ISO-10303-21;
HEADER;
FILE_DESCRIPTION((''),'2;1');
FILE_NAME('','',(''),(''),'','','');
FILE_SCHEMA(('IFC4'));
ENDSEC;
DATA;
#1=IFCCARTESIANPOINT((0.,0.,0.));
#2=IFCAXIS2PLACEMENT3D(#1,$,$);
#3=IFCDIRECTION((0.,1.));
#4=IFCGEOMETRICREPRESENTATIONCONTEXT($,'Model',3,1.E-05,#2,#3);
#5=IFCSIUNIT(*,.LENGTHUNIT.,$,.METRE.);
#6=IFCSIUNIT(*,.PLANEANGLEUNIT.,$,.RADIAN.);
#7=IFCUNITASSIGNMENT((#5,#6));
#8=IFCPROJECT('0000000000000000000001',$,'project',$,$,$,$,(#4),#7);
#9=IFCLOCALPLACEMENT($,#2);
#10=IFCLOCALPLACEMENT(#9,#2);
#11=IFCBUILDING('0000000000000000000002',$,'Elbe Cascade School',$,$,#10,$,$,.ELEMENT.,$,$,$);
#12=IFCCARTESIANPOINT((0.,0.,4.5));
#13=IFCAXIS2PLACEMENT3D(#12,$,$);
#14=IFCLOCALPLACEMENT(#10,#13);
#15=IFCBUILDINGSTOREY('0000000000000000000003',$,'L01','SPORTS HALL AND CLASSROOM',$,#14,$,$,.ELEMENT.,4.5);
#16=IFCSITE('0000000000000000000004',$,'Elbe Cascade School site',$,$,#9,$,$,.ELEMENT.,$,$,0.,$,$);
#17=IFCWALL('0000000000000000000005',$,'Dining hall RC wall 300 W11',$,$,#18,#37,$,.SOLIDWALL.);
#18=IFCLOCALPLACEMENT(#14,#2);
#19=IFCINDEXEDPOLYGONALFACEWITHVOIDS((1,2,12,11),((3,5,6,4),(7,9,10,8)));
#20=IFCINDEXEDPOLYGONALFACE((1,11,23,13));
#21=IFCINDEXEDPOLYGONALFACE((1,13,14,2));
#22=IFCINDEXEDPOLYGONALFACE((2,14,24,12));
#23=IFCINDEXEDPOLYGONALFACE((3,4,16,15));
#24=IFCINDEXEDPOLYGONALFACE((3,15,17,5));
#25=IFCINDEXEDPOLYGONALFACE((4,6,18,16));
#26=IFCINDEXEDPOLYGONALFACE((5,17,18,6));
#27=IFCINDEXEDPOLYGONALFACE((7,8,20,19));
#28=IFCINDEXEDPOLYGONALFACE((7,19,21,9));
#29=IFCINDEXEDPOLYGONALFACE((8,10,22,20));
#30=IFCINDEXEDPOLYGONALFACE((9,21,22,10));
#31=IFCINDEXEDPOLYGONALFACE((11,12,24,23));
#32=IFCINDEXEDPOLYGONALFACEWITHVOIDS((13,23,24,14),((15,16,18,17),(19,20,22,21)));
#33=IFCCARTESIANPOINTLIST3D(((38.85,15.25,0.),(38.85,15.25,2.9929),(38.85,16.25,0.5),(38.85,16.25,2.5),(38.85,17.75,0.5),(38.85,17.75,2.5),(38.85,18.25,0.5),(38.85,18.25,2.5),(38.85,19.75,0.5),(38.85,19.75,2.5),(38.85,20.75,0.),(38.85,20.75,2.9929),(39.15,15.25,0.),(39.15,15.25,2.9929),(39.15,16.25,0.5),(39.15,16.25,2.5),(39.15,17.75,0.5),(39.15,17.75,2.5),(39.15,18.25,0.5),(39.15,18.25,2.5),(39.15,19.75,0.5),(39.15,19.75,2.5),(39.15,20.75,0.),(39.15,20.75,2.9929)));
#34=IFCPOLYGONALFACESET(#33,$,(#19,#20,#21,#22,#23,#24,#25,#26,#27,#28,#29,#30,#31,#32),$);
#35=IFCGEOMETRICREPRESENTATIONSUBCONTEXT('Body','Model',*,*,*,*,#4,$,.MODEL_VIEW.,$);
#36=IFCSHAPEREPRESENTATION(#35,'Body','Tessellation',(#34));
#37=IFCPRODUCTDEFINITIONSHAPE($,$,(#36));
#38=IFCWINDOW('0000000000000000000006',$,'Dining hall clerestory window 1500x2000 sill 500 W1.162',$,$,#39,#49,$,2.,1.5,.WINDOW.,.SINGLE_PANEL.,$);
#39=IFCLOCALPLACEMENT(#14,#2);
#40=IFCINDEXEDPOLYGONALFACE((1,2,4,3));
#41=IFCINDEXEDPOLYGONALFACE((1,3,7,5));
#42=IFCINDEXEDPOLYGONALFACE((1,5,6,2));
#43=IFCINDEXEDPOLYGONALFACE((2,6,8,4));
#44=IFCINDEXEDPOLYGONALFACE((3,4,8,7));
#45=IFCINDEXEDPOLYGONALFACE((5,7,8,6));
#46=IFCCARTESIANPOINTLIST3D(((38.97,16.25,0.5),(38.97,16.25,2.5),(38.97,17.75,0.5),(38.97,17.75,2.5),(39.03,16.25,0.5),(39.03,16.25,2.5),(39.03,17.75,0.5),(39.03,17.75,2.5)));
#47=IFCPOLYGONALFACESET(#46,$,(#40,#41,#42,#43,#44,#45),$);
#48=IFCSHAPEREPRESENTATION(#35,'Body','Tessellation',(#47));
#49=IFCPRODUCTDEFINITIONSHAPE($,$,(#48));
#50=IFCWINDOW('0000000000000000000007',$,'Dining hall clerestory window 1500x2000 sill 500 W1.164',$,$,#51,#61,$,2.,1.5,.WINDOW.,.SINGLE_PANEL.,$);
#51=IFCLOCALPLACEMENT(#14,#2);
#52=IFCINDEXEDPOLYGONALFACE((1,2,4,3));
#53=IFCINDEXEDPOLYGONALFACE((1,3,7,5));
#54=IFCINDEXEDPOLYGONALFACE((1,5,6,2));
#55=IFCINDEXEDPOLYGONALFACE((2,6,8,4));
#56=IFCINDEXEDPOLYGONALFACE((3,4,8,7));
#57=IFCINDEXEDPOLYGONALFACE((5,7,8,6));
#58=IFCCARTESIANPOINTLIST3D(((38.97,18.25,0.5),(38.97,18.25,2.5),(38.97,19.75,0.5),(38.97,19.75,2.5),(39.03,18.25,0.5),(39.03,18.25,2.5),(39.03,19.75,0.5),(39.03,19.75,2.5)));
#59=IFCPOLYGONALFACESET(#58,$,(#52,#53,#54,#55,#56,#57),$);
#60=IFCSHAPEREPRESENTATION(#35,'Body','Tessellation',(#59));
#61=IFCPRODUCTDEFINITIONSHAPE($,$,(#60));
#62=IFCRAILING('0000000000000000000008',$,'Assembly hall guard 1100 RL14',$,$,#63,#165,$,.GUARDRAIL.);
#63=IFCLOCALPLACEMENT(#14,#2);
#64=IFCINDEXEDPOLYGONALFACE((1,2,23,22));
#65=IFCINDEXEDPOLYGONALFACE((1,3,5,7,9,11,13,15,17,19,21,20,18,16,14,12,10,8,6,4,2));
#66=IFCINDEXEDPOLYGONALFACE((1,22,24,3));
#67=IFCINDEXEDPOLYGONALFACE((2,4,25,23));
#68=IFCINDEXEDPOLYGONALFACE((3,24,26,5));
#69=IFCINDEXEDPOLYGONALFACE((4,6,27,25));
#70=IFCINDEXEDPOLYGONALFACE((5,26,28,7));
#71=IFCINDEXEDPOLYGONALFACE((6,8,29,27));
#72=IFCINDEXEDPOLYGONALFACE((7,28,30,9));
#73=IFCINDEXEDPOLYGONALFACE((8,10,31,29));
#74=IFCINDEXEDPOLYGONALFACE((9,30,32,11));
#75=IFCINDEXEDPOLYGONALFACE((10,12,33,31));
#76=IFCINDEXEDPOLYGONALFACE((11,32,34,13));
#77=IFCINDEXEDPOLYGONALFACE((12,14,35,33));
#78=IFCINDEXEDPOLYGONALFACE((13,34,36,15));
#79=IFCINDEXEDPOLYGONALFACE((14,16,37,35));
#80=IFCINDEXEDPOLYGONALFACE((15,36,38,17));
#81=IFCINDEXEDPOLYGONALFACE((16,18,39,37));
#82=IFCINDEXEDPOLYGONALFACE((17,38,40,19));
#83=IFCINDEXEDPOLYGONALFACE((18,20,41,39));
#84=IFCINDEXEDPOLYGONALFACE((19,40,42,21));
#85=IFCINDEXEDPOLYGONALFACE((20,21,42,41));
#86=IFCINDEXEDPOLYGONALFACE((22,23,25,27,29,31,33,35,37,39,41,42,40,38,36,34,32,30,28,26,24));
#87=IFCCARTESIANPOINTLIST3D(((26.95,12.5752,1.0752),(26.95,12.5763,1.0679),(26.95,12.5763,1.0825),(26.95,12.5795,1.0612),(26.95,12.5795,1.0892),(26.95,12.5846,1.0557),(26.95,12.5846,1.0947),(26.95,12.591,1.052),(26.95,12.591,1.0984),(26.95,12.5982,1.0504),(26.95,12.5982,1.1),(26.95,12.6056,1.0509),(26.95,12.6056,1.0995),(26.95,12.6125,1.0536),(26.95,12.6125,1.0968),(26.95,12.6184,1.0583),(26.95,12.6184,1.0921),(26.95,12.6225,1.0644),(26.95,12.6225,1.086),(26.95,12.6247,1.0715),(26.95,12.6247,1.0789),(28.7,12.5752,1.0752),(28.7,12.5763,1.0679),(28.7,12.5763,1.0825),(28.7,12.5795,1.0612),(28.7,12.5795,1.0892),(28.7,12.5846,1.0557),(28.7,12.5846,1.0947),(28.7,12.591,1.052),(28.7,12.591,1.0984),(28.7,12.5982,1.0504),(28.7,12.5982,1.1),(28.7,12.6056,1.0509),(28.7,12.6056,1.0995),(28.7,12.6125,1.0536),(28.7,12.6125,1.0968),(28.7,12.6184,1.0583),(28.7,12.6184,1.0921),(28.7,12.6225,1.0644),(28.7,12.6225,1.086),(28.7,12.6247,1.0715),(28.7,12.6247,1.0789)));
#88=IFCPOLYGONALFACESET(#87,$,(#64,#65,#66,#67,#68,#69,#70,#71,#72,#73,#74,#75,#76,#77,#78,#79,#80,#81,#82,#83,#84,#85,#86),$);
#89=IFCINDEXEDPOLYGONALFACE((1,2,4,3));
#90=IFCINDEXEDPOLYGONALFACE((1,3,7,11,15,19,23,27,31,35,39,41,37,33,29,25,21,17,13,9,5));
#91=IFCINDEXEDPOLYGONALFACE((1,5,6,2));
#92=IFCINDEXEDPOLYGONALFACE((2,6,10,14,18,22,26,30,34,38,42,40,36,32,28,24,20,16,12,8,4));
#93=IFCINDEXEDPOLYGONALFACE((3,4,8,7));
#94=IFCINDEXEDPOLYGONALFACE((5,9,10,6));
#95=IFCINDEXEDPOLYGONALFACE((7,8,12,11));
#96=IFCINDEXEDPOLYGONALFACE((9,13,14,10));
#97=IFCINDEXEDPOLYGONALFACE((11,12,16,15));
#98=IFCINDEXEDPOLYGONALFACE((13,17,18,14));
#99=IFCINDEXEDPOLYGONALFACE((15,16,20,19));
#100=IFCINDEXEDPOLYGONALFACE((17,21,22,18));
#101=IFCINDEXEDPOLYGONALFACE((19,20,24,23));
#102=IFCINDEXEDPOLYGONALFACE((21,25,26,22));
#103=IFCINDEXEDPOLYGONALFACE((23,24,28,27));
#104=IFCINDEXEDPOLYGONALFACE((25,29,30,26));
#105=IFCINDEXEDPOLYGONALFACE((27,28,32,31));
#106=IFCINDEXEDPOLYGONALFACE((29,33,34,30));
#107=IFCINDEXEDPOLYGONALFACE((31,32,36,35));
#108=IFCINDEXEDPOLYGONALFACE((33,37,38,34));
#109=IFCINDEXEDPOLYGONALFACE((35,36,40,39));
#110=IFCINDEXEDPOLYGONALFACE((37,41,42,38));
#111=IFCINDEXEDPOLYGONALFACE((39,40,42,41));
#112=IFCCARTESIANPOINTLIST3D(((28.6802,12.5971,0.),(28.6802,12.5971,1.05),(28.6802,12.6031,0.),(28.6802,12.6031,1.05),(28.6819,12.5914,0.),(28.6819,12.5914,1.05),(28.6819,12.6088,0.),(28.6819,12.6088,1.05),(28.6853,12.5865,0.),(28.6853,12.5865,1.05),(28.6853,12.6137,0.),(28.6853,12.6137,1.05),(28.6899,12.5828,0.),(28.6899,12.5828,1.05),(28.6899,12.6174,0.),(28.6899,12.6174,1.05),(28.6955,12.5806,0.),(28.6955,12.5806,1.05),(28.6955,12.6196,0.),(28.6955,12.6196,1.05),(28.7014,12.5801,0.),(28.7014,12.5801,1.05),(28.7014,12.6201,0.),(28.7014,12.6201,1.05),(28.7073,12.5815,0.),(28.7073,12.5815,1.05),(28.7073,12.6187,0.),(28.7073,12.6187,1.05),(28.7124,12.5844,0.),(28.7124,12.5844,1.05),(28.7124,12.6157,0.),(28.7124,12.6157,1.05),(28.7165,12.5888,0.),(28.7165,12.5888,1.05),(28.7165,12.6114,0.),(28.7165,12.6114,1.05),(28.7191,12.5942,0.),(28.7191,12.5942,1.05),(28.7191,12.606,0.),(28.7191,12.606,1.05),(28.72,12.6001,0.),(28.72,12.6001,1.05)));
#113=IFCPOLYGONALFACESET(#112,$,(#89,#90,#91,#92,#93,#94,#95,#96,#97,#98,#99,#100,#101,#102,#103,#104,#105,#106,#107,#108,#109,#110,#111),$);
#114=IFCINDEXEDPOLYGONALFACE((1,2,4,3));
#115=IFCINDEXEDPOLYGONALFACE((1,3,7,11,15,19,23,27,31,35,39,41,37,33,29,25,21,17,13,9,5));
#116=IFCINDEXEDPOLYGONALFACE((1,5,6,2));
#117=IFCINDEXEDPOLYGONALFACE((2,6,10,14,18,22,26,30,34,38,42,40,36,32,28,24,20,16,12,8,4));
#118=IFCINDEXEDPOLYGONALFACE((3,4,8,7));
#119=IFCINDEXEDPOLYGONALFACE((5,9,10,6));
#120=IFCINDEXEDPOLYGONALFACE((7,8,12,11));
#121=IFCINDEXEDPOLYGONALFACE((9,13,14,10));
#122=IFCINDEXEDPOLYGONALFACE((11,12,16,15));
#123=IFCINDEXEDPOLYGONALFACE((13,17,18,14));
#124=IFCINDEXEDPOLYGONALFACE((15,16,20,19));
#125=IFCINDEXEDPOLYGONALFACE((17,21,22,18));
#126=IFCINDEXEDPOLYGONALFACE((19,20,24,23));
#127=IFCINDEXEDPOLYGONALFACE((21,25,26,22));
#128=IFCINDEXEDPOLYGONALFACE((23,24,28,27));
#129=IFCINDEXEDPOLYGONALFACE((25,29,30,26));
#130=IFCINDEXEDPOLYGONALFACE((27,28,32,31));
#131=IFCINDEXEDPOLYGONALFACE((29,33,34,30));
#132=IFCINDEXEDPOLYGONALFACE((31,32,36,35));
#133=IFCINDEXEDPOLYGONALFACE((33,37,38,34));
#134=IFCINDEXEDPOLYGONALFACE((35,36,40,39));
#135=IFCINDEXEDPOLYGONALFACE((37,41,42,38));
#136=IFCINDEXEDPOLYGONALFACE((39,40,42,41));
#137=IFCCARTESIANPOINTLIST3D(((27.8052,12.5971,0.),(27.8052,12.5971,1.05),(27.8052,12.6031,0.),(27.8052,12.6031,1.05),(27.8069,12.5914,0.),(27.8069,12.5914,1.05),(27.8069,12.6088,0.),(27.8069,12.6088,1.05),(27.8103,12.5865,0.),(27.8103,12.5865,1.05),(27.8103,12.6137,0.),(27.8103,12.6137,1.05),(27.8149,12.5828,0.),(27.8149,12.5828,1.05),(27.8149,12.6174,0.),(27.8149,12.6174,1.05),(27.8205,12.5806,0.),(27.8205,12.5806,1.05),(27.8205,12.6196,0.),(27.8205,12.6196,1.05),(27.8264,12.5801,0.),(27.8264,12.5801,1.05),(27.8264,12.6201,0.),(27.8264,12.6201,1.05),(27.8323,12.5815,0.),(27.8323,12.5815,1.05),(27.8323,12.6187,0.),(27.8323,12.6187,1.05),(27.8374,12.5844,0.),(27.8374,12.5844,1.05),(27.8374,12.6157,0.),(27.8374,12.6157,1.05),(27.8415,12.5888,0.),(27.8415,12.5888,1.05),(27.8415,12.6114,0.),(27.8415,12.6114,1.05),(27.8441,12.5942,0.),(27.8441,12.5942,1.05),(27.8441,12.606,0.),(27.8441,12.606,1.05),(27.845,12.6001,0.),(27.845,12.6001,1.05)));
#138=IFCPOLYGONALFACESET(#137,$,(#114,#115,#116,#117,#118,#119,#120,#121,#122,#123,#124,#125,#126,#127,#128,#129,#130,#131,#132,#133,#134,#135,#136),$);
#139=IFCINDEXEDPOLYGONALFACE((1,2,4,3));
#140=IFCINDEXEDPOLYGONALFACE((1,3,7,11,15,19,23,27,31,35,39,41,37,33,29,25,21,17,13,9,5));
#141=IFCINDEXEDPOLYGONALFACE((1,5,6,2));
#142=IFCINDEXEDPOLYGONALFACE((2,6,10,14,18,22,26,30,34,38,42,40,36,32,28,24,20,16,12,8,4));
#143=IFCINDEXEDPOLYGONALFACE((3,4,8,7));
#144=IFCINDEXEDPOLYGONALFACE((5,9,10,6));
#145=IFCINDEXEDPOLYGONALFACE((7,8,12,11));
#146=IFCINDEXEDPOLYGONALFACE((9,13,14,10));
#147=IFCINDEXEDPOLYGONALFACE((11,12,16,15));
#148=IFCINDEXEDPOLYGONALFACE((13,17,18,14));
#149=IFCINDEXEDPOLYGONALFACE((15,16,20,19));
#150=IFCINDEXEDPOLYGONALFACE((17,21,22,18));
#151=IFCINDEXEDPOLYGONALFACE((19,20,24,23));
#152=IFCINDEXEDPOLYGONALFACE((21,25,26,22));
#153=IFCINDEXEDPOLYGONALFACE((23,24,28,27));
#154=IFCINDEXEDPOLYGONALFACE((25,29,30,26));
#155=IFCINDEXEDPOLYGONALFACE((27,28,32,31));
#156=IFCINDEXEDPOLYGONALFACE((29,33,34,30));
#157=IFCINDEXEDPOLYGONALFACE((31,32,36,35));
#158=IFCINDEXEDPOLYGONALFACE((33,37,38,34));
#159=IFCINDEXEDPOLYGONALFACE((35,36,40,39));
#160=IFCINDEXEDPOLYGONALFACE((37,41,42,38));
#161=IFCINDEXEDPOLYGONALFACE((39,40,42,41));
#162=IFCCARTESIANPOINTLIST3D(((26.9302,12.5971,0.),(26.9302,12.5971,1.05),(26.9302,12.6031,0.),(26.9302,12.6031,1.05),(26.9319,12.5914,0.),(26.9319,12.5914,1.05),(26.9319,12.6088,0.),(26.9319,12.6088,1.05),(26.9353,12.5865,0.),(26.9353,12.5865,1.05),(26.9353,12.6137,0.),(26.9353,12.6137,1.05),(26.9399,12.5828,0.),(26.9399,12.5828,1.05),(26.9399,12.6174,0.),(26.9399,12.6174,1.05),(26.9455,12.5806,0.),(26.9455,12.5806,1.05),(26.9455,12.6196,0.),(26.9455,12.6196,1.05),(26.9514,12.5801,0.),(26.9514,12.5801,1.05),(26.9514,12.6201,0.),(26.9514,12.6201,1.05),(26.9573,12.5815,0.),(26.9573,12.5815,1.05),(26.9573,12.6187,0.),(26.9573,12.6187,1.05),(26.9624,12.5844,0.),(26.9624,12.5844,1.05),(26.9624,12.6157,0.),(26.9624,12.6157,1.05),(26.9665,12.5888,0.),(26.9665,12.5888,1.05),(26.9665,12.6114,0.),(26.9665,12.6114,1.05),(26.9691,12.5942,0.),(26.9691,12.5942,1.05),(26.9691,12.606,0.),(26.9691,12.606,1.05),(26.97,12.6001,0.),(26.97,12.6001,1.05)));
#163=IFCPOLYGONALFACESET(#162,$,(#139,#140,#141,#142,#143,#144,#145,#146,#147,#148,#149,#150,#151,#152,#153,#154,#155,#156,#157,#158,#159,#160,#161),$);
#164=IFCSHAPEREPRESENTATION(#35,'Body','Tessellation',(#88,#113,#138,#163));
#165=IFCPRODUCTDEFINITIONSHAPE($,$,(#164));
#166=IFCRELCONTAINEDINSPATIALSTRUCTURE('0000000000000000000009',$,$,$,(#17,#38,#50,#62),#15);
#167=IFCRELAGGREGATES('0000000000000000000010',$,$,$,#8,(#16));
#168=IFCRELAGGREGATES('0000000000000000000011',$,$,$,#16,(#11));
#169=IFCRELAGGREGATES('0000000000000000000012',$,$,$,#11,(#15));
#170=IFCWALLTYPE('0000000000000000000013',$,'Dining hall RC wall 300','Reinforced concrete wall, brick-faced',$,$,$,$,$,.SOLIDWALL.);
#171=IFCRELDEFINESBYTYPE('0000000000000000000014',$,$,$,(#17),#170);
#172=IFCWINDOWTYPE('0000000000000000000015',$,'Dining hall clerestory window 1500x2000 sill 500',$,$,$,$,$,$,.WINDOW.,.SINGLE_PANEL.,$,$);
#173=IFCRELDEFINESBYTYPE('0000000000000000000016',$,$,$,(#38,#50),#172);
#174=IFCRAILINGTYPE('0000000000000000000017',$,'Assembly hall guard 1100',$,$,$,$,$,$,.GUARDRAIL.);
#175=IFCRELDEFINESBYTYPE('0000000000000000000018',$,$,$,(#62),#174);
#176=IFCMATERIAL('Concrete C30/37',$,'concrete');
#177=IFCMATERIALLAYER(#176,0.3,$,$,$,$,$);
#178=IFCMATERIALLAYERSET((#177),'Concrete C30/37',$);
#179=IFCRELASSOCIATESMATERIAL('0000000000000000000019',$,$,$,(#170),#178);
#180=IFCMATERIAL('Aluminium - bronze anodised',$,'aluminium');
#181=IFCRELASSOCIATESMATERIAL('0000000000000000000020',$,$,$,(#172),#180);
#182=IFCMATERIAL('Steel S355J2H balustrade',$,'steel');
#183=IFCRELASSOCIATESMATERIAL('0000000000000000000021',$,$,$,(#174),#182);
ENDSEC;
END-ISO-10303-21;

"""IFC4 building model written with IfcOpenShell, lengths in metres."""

from ifc_helpers import new_model, si_unit, direction, frame, frame_2d, origin, origin_2d, place, context, subcontext, project, spatial, rectangle, circle, extrude, material, layer, layer_set, type_object, element, fill, save


model = new_model("IFC4")

# Units and contexts
model_context = context("Model", 3, precision=1e-05, world=origin(), true_north=direction((0.0, 1.0)))
body_context = subcontext(model_context, "Body", "Model", "MODEL_VIEW")
ifc_project = project(units=[si_unit("LENGTHUNIT", "METRE"), si_unit("PLANEANGLEUNIT", "RADIAN")], contexts=[model_context])

# Site, building, storey
site_placement = place(None, origin())
site = spatial("IfcSite", under=ifc_project, at=site_placement, Name="Elbe Cascade School site", CompositionType="ELEMENT", RefElevation=0.0)
building_placement = place(site_placement, origin())
building = spatial("IfcBuilding", under=site, at=building_placement, Name="Elbe Cascade School", CompositionType="ELEMENT")
storey_placement = place(building_placement, frame((0.0, 0.0, 4.5)))
storey = spatial("IfcBuildingStorey", under=building, at=storey_placement, Name="L01", Description="SPORTS HALL AND CLASSROOM", CompositionType="ELEMENT", Elevation=4.5)

# Wall, openings, windows
ifc_material_1 = material(Name="Concrete C30/37", Category="concrete")
ifc_layer_1 = layer(ifc_material_1, 0.3)
ifc_layer_set_1 = layer_set([ifc_layer_1], Name="Concrete C30/37")
wall_type_1 = type_object("IfcWallType", Name="Dining hall RC wall 300", Description="Reinforced concrete wall, brick-faced", PredefinedType="SOLIDWALL", material=ifc_layer_set_1)
wall_1_placement = place(storey_placement, frame((39.0, 15.25, 0.0), z_axis=(0.0, 0.0, 1.0), x_axis=(0.0, 1.0, 0.0)))
wall_1 = element("IfcWall", 1, at=wall_1_placement, inside=storey, type_object=wall_type_1, Name="Dining hall RC wall 300 W11", PredefinedType="SOLIDWALL", context=body_context, shape_type="SweptSolid", body=[
    extrude(rectangle(XDim=5.5, YDim=0.3, at=frame_2d((2.75, 0.0))), origin(), (0.0, 0.0, 1.0), 2.9929),
])
opening_1_placement = place(wall_1_placement, frame((1.0, 0.0, 0.5)))
opening_1 = element("IfcOpeningElement", 2, at=opening_1_placement, cuts=wall_1, PredefinedType="OPENING", context=body_context, shape_type="SweptSolid", body=[
    extrude(rectangle(XDim=1.5, YDim=2.0, at=frame_2d((0.75, 1.0))), frame((0.0, 0.1599, 0.0), z_axis=(0.0, -1.0, 0.0), x_axis=(1.0, 0.0, 0.0)), (0.0, 0.0, 1.0), 0.3201),
])
opening_2_placement = place(wall_1_placement, frame((3.0, 0.0, 0.5)))
opening_2 = element("IfcOpeningElement", 3, at=opening_2_placement, cuts=wall_1, PredefinedType="OPENING", context=body_context, shape_type="SweptSolid", body=[
    extrude(rectangle(XDim=1.5, YDim=2.0, at=frame_2d((0.75, 1.0))), frame((0.0, 0.1599, 0.0), z_axis=(0.0, -1.0, 0.0), x_axis=(1.0, 0.0, 0.0)), (0.0, 0.0, 1.0), 0.3201),
])
ifc_material_2 = material(Name="Aluminium - bronze anodised", Category="aluminium")
window_type_1 = type_object("IfcWindowType", Name="Dining hall clerestory window 1500x2000 sill 500", PartitioningType="SINGLE_PANEL", PredefinedType="WINDOW", material=ifc_material_2)
window_1_placement = place(opening_1_placement, origin())
window_1 = element("IfcWindow", 4, at=window_1_placement, inside=storey, type_object=window_type_1, Name="Dining hall clerestory window 1500x2000 sill 500 W1.162", OverallHeight=2.0, OverallWidth=1.5, PartitioningType="SINGLE_PANEL", PredefinedType="WINDOW", context=body_context, shape_type="SweptSolid", body=[
    extrude(rectangle(XDim=1.5, YDim=2.0, at=frame_2d((0.75, 1.0))), frame((0.0, 0.03, 0.0), z_axis=(0.0, -1.0, 0.0), x_axis=(1.0, 0.0, 0.0)), (0.0, 0.0, 1.0), 0.0601),
])
fill(opening_1, window_1)
window_2_placement = place(opening_2_placement, origin())
window_2 = element("IfcWindow", 5, at=window_2_placement, inside=storey, type_object=window_type_1, Name="Dining hall clerestory window 1500x2000 sill 500 W1.164", OverallHeight=2.0, OverallWidth=1.5, PartitioningType="SINGLE_PANEL", PredefinedType="WINDOW", context=body_context, shape_type="SweptSolid", body=[
    extrude(rectangle(XDim=1.5, YDim=2.0, at=frame_2d((0.75, 1.0))), frame((0.0, 0.03, 0.0), z_axis=(0.0, -1.0, 0.0), x_axis=(1.0, 0.0, 0.0)), (0.0, 0.0, 1.0), 0.0601),
])
fill(opening_2, window_2)

# Railing
ifc_material_3 = material(Name="Steel S355J2H balustrade", Category="steel")
railing_type_1 = type_object("IfcRailingType", Name="Assembly hall guard 1100", PredefinedType="GUARDRAIL", material=ifc_material_3)
railing_1_placement = place(storey_placement, frame((28.7, 12.6001, 0.0)))
element("IfcRailing", 6, at=railing_1_placement, inside=storey, type_object=railing_type_1, Name="Assembly hall guard 1100 RL14", PredefinedType="GUARDRAIL", context=body_context, shape_type="SweptSolid", body=[
    extrude(circle(Radius=0.0249, at=origin_2d()), frame((0.0, 0.0, 1.0752), z_axis=(-1.0, 0.0, 0.0), x_axis=(0.0, -1.0, 0.0)), (0.0, 0.0, 1.0), 1.75),
    extrude(circle(Radius=0.02, at=origin_2d()), origin(), (0.0, 0.0, 1.0), 1.05),
    extrude(circle(Radius=0.02, at=origin_2d()), frame((-0.875, 0.0, 0.0)), (0.0, 0.0, 1.0), 1.05),
    extrude(circle(Radius=0.02, at=origin_2d()), frame((-1.75, 0.0, 0.0)), (0.0, 0.0, 1.0), 1.05),
])

save(model, "model.ifc")
